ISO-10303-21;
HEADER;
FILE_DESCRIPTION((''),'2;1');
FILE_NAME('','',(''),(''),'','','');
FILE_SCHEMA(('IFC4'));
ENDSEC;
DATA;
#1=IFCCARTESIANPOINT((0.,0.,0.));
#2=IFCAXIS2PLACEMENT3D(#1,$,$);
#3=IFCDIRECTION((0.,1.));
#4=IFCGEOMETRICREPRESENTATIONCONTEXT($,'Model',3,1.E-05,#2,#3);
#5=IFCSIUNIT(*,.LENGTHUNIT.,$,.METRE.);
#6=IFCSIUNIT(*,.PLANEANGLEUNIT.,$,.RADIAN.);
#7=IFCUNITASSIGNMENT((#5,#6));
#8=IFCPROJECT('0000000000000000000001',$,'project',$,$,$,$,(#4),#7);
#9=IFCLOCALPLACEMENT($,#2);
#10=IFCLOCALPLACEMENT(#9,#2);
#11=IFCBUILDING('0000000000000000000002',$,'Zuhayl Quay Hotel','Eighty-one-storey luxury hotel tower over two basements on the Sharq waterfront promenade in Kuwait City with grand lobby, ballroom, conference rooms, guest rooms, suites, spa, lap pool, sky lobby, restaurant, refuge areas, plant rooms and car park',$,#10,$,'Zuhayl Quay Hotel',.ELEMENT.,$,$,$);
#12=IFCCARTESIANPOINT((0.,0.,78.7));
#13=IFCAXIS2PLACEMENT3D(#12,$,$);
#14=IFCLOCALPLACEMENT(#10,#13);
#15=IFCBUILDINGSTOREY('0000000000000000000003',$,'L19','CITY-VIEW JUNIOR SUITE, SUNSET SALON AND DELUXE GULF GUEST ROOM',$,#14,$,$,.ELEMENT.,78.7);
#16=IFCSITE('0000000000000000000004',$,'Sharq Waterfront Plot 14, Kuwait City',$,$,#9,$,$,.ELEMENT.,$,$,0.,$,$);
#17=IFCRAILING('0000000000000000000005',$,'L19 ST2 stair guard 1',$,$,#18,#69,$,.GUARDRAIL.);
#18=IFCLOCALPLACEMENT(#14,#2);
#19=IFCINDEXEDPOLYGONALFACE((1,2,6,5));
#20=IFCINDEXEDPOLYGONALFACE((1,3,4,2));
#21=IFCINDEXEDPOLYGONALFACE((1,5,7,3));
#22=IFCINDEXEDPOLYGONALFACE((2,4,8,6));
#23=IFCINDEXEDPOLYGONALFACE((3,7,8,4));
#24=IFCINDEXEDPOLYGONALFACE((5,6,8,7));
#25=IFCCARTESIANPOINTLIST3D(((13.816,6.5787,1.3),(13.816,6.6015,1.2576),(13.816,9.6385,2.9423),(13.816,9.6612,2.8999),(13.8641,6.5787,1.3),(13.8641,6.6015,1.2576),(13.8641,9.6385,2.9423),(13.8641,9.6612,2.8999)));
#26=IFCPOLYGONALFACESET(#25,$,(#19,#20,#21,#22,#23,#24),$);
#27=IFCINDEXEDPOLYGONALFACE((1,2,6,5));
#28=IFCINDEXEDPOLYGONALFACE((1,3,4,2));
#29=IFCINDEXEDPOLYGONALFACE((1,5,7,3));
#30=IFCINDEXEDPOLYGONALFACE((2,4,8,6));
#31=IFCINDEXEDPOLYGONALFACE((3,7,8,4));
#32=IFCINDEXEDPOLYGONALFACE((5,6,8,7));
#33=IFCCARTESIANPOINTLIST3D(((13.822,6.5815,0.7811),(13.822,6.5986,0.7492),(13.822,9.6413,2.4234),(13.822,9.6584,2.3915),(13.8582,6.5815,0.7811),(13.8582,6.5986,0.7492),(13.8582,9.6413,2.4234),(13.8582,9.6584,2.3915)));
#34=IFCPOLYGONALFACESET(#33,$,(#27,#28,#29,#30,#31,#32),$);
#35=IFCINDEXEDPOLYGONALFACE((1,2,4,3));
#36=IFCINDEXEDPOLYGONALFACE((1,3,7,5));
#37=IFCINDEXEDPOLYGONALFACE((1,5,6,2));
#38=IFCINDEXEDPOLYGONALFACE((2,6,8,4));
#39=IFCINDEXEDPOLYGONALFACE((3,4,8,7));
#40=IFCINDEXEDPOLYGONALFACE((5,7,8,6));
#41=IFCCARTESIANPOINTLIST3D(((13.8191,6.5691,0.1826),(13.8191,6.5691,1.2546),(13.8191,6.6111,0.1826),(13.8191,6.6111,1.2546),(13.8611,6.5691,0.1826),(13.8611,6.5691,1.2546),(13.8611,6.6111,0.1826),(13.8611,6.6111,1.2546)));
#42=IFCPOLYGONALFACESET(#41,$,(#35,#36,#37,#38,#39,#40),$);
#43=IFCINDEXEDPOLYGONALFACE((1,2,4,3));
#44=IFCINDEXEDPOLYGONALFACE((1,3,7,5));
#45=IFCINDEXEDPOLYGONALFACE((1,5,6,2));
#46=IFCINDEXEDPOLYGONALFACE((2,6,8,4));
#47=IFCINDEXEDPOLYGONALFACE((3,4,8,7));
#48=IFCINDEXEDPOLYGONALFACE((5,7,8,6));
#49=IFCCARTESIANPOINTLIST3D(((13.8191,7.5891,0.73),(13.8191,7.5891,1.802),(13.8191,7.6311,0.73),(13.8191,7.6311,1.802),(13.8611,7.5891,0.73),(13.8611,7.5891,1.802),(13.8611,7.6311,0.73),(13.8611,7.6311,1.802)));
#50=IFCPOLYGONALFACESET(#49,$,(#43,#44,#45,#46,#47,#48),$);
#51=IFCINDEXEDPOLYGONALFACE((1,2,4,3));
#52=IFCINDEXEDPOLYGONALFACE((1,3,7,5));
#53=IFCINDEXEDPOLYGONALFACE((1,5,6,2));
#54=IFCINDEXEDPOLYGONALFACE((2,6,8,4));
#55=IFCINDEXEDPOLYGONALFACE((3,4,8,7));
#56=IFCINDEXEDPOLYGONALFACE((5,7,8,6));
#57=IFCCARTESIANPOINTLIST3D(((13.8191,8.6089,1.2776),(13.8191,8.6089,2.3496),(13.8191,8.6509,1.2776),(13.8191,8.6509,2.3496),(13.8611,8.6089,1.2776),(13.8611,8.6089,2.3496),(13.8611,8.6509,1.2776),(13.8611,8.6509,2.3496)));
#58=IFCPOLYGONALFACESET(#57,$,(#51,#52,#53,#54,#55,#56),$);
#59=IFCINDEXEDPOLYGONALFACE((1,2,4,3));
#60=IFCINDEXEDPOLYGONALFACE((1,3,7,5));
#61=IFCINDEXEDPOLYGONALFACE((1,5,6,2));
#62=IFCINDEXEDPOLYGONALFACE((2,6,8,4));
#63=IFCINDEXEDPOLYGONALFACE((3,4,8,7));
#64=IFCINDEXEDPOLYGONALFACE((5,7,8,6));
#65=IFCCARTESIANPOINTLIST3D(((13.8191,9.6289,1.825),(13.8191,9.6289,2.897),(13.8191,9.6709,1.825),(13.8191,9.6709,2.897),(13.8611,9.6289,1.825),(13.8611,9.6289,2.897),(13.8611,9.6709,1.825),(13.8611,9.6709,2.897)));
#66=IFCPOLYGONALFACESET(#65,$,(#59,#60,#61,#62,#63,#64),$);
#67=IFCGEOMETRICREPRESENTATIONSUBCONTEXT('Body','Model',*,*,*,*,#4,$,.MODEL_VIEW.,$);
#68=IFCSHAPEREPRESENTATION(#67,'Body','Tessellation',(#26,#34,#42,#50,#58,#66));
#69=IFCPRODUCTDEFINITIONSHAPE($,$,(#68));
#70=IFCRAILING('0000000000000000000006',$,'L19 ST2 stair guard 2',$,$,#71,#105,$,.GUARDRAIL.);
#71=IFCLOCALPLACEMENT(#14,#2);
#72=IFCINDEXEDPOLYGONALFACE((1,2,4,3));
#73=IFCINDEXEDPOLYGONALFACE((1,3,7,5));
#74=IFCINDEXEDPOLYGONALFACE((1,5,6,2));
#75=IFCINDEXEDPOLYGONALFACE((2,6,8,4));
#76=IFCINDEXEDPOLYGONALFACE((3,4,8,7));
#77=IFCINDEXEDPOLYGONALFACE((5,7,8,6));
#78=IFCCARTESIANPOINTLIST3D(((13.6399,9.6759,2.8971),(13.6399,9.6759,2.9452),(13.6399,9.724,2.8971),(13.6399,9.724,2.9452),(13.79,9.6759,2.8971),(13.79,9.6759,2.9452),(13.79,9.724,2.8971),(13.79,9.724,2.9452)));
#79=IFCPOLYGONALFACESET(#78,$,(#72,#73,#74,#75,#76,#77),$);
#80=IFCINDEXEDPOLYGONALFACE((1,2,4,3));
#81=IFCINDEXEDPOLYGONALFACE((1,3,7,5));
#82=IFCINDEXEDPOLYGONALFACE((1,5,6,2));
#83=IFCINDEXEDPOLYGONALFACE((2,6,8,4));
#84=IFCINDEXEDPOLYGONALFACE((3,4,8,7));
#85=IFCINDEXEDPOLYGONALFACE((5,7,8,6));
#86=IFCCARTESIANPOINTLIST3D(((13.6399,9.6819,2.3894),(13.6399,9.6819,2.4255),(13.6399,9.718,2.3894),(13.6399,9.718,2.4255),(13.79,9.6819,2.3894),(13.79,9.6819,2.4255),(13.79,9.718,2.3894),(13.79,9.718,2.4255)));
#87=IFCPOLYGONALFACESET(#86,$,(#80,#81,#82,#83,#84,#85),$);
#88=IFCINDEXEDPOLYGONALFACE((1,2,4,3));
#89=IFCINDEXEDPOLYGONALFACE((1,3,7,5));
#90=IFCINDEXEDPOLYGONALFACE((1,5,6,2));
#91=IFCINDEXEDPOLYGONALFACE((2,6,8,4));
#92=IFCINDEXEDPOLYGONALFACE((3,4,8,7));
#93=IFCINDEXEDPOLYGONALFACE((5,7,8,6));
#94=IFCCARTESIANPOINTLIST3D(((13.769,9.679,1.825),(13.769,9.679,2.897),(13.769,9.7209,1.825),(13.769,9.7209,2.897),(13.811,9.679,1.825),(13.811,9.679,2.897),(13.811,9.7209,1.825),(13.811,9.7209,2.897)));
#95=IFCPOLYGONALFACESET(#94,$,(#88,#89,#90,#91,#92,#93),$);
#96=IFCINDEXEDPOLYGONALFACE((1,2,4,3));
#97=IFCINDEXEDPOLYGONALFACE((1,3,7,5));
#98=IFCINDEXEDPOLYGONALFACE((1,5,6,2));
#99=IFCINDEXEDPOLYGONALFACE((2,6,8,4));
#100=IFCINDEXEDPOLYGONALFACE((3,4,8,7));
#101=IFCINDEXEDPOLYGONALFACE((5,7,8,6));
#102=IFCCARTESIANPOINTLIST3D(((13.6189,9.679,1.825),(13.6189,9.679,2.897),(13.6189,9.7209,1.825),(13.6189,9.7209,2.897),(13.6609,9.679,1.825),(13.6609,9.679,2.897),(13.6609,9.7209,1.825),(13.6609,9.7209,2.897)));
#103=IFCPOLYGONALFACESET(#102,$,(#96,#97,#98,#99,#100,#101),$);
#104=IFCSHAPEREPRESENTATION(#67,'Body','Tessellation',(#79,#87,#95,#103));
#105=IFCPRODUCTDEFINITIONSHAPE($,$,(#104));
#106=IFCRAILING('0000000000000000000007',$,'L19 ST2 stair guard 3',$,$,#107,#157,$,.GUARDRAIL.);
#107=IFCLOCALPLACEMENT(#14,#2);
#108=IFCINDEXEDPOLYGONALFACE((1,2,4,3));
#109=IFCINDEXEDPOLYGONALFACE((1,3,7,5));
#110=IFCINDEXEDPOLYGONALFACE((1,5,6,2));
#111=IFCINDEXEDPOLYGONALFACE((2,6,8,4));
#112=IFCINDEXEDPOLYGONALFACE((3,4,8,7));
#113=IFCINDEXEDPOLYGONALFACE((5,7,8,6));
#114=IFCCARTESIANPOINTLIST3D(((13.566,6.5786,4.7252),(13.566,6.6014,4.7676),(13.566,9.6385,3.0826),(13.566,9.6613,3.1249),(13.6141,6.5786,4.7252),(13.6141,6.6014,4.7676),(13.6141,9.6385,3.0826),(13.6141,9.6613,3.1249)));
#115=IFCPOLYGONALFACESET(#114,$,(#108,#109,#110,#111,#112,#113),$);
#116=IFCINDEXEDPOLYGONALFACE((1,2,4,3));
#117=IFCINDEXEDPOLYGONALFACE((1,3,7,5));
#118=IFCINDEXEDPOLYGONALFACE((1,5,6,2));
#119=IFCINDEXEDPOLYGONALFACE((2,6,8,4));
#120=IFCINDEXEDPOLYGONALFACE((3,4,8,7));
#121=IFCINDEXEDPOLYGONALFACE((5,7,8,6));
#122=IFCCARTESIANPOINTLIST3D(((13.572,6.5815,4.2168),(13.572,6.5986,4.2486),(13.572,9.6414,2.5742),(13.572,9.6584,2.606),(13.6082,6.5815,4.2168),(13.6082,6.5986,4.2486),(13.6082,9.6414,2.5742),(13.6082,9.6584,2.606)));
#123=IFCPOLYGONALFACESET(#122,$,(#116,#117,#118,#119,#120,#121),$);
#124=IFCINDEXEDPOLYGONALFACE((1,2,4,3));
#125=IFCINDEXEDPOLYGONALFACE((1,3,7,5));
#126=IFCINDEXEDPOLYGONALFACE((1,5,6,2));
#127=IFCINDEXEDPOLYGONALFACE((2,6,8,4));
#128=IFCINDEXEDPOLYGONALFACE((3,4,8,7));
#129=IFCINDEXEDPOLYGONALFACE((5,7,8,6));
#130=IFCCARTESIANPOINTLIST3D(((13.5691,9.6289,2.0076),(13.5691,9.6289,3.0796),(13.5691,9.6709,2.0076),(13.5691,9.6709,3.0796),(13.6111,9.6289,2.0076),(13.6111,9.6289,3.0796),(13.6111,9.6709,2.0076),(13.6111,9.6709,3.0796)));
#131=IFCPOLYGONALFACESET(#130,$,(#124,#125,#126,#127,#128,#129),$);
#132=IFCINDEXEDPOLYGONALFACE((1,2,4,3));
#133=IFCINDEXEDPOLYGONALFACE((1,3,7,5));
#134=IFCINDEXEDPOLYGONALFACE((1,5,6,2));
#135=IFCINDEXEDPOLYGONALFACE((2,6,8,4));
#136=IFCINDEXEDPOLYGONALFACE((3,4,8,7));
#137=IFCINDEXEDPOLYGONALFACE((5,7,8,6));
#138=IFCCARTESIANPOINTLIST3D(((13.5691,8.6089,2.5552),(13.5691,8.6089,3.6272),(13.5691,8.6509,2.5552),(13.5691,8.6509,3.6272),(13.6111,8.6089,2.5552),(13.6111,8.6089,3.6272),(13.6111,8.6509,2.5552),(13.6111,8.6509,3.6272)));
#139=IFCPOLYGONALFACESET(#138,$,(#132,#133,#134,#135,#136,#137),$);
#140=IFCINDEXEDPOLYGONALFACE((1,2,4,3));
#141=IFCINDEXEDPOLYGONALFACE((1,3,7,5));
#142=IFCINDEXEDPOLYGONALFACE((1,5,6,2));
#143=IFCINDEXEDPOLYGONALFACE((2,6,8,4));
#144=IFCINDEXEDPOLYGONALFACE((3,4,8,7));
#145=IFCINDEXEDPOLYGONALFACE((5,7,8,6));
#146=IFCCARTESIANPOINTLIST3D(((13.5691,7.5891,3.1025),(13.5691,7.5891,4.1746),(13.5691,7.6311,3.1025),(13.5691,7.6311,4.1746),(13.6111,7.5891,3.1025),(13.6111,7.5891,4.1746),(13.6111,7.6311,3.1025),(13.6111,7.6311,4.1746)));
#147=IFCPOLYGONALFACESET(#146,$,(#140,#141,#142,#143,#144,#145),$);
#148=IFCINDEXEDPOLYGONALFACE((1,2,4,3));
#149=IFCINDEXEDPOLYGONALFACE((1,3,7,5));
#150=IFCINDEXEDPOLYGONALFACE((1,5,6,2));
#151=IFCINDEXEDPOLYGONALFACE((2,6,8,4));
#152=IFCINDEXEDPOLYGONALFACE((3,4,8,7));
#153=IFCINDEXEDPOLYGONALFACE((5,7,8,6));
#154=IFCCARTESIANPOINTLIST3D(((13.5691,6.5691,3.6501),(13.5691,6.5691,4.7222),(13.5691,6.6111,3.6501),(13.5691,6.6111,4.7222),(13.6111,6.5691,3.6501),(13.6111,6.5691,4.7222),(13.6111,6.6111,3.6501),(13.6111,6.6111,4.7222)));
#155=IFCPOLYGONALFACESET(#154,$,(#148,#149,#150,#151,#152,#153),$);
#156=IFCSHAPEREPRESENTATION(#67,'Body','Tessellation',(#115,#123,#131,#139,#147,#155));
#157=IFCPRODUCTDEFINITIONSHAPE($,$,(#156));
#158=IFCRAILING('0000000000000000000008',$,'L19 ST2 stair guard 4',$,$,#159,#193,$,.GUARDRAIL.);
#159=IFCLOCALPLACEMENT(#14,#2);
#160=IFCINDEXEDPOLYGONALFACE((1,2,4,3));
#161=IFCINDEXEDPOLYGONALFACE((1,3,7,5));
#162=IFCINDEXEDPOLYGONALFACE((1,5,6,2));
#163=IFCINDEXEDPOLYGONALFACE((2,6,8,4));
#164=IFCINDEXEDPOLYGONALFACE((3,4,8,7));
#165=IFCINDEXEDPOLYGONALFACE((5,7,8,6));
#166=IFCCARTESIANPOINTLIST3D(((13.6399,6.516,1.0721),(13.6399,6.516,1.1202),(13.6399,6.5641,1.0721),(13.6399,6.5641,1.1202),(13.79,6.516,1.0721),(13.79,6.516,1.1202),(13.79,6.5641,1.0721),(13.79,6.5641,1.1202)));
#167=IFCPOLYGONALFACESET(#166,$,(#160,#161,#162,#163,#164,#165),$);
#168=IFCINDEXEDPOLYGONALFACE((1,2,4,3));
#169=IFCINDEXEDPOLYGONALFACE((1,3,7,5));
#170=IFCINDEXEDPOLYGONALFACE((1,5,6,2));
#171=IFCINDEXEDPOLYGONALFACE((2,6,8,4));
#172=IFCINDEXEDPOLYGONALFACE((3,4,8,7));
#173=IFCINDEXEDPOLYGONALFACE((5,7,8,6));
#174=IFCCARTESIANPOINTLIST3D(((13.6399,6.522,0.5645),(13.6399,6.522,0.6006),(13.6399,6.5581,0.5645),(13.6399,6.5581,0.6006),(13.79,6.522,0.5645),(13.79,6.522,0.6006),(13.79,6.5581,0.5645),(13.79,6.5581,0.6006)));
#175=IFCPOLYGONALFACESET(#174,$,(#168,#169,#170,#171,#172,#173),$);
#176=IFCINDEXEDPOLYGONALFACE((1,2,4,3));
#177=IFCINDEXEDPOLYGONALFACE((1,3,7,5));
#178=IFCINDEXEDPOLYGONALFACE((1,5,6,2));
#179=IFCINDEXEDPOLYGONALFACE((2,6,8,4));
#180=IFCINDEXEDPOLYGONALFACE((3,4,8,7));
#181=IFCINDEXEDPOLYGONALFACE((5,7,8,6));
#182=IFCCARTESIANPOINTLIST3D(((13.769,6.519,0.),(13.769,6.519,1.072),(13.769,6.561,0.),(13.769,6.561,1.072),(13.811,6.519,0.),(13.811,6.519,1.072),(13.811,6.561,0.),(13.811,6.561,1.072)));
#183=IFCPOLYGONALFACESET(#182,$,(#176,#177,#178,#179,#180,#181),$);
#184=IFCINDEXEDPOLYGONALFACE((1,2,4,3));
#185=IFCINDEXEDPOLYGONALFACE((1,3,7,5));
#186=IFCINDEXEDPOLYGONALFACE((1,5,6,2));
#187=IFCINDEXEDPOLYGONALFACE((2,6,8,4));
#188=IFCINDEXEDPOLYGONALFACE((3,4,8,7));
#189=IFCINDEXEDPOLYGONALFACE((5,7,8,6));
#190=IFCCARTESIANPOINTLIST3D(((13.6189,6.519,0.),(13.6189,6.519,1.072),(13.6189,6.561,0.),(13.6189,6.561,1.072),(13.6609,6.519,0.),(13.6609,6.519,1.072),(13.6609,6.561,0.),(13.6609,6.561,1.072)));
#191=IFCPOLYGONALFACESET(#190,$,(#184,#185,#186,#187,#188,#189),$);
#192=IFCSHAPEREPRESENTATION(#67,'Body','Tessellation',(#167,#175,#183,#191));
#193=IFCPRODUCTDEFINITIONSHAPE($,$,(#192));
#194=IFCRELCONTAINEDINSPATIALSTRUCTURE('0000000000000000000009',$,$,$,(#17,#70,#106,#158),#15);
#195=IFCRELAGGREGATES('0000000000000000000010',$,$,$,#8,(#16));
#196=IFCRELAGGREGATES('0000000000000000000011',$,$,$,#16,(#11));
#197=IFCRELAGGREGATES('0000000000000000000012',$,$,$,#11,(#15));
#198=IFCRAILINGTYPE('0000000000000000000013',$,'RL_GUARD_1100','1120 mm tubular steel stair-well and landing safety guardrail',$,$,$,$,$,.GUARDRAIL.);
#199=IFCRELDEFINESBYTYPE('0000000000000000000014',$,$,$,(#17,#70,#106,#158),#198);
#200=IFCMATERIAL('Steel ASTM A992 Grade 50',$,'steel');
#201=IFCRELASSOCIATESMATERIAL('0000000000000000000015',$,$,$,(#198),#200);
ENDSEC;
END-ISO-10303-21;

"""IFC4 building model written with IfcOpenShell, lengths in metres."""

from ifc_helpers import new_model, si_unit, direction, frame, origin, origin_2d, place, context, subcontext, project, spatial, rectangle, extrude, material, type_object, element, save


model = new_model("IFC4")

# Units and contexts
model_context = context("Model", 3, precision=1e-05, world=origin(), true_north=direction((0.0, 1.0)))
body_context = subcontext(model_context, "Body", "Model", "MODEL_VIEW")
ifc_project = project(units=[si_unit("LENGTHUNIT", "METRE"), si_unit("PLANEANGLEUNIT", "RADIAN")], contexts=[model_context])

# Site, building, storey
site_placement = place(None, origin())
site = spatial("IfcSite", under=ifc_project, at=site_placement, Name="Sharq Waterfront Plot 14, Kuwait City", CompositionType="ELEMENT", RefElevation=0.0)
building_placement = place(site_placement, origin())
building = spatial("IfcBuilding", under=site, at=building_placement, Name="Zuhayl Quay Hotel", Description="Eighty-one-storey luxury hotel tower over two basements on the Sharq waterfront promenade in Kuwait City with grand lobby, ballroom, conference rooms, guest rooms, suites, spa, lap pool, sky lobby, restaurant, refuge areas, plant rooms and car park", LongName="Zuhayl Quay Hotel", CompositionType="ELEMENT")
storey_placement = place(building_placement, frame((0.0, 0.0, 78.7)))
storey = spatial("IfcBuildingStorey", under=building, at=storey_placement, Name="L19", Description="CITY-VIEW JUNIOR SUITE, SUNSET SALON AND DELUXE GULF GUEST ROOM", CompositionType="ELEMENT", Elevation=78.7)

# Shared definitions
ifc_material_1 = material(Name="Steel ASTM A992 Grade 50", Category="steel")

# Railings
railing_type_1 = type_object("IfcRailingType", Name="RL_GUARD_1100", Description="1120 mm tubular steel stair-well and landing safety guardrail", PredefinedType="GUARDRAIL", material=ifc_material_1)
railing_1_placement = place(storey_placement, frame((13.8401, 6.5901, 0.1826)))
element("IfcRailing", 1, at=railing_1_placement, inside=storey, type_object=railing_type_1, Name="L19 ST2 stair guard 1", PredefinedType="GUARDRAIL", context=body_context, shape_type="SweptSolid", body=[
    extrude(rectangle(XDim=0.0481, YDim=0.0481, at=origin_2d()), frame((0.0, 0.0, 1.0962), z_axis=(0.0, 0.881102, 0.472926), x_axis=(-1.0, 0.0, 0.0)), (0.0, 0.0, 1.0), 3.4727),
    extrude(rectangle(XDim=0.0361, YDim=0.0361, at=origin_2d()), frame((0.0, 0.0, 0.5825), z_axis=(0.0, 0.881102, 0.472926), x_axis=(-1.0, 0.0, 0.0)), (0.0, 0.0, 1.0), 3.4727),
    extrude(rectangle(XDim=0.042, YDim=0.042, at=origin_2d()), origin(), (0.0, 0.0, 1.0), 1.072),
    extrude(rectangle(XDim=0.042, YDim=0.042, at=origin_2d()), frame((0.0, 1.02, 0.5474)), (0.0, 0.0, 1.0), 1.072),
    extrude(rectangle(XDim=0.042, YDim=0.042, at=origin_2d()), frame((0.0, 2.0398, 1.095)), (0.0, 0.0, 1.0), 1.072),
    extrude(rectangle(XDim=0.042, YDim=0.042, at=origin_2d()), frame((0.0, 3.0598, 1.6423)), (0.0, 0.0, 1.0), 1.072),
])
railing_2_placement = place(storey_placement, frame((13.79, 9.7, 1.825)))
element("IfcRailing", 2, at=railing_2_placement, inside=storey, type_object=railing_type_1, Name="L19 ST2 stair guard 2", PredefinedType="GUARDRAIL", context=body_context, shape_type="SweptSolid", body=[
    extrude(rectangle(XDim=0.0481, YDim=0.0481, at=origin_2d()), frame((0.0, 0.0, 1.0962), z_axis=(-1.0, 0.0, 0.0), x_axis=(0.0, -1.0, 0.0)), (0.0, 0.0, 1.0), 0.1501),
    extrude(rectangle(XDim=0.0361, YDim=0.0361, at=origin_2d()), frame((0.0, 0.0, 0.5825), z_axis=(-1.0, 0.0, 0.0), x_axis=(0.0, -1.0, 0.0)), (0.0, 0.0, 1.0), 0.1501),
    extrude(rectangle(XDim=0.042, YDim=0.042, at=origin_2d()), origin(), (0.0, 0.0, 1.0), 1.072),
    extrude(rectangle(XDim=0.042, YDim=0.042, at=origin_2d()), frame((-0.1501, 0.0, 0.0)), (0.0, 0.0, 1.0), 1.072),
])
railing_3_placement = place(storey_placement, frame((13.5901, 9.6499, 2.0076)))
element("IfcRailing", 3, at=railing_3_placement, inside=storey, type_object=railing_type_1, Name="L19 ST2 stair guard 3", PredefinedType="GUARDRAIL", context=body_context, shape_type="SweptSolid", body=[
    extrude(rectangle(XDim=0.0481, YDim=0.0481, at=origin_2d()), frame((0.0, 0.0, 1.0962), z_axis=(0.0, -0.881073, 0.47298), x_axis=(1.0, 0.0, 0.0)), (0.0, 0.0, 1.0), 3.4729),
    extrude(rectangle(XDim=0.0361, YDim=0.0361, at=origin_2d()), frame((0.0, 0.0, 0.5825), z_axis=(0.0, -0.881073, 0.47298), x_axis=(1.0, 0.0, 0.0)), (0.0, 0.0, 1.0), 3.4729),
    extrude(rectangle(XDim=0.042, YDim=0.042, at=origin_2d()), origin(), (0.0, 0.0, 1.0), 1.072),
    extrude(rectangle(XDim=0.042, YDim=0.042, at=origin_2d()), frame((0.0, -1.02, 0.5476)), (0.0, 0.0, 1.0), 1.072),
    extrude(rectangle(XDim=0.042, YDim=0.042, at=origin_2d()), frame((0.0, -2.0398, 1.095)), (0.0, 0.0, 1.0), 1.072),
    extrude(rectangle(XDim=0.042, YDim=0.042, at=origin_2d()), frame((0.0, -3.0598, 1.6426)), (0.0, 0.0, 1.0), 1.072),
])
railing_4_placement = place(storey_placement, frame((13.79, 6.54, 0.0)))
element("IfcRailing", 4, at=railing_4_placement, inside=storey, type_object=railing_type_1, Name="L19 ST2 stair guard 4", PredefinedType="GUARDRAIL", context=body_context, shape_type="SweptSolid", body=[
    extrude(rectangle(XDim=0.0481, YDim=0.0481, at=origin_2d()), frame((0.0, 0.0, 1.0962), z_axis=(-1.0, 0.0, 0.0), x_axis=(0.0, -1.0, 0.0)), (0.0, 0.0, 1.0), 0.1501),
    extrude(rectangle(XDim=0.0361, YDim=0.0361, at=origin_2d()), frame((0.0, 0.0, 0.5825), z_axis=(-1.0, 0.0, 0.0), x_axis=(0.0, -1.0, 0.0)), (0.0, 0.0, 1.0), 0.1501),
    extrude(rectangle(XDim=0.042, YDim=0.042, at=origin_2d()), origin(), (0.0, 0.0, 1.0), 1.072),
    extrude(rectangle(XDim=0.042, YDim=0.042, at=origin_2d()), frame((-0.1501, 0.0, 0.0)), (0.0, 0.0, 1.0), 1.072),
])

save(model, "model.ifc")
